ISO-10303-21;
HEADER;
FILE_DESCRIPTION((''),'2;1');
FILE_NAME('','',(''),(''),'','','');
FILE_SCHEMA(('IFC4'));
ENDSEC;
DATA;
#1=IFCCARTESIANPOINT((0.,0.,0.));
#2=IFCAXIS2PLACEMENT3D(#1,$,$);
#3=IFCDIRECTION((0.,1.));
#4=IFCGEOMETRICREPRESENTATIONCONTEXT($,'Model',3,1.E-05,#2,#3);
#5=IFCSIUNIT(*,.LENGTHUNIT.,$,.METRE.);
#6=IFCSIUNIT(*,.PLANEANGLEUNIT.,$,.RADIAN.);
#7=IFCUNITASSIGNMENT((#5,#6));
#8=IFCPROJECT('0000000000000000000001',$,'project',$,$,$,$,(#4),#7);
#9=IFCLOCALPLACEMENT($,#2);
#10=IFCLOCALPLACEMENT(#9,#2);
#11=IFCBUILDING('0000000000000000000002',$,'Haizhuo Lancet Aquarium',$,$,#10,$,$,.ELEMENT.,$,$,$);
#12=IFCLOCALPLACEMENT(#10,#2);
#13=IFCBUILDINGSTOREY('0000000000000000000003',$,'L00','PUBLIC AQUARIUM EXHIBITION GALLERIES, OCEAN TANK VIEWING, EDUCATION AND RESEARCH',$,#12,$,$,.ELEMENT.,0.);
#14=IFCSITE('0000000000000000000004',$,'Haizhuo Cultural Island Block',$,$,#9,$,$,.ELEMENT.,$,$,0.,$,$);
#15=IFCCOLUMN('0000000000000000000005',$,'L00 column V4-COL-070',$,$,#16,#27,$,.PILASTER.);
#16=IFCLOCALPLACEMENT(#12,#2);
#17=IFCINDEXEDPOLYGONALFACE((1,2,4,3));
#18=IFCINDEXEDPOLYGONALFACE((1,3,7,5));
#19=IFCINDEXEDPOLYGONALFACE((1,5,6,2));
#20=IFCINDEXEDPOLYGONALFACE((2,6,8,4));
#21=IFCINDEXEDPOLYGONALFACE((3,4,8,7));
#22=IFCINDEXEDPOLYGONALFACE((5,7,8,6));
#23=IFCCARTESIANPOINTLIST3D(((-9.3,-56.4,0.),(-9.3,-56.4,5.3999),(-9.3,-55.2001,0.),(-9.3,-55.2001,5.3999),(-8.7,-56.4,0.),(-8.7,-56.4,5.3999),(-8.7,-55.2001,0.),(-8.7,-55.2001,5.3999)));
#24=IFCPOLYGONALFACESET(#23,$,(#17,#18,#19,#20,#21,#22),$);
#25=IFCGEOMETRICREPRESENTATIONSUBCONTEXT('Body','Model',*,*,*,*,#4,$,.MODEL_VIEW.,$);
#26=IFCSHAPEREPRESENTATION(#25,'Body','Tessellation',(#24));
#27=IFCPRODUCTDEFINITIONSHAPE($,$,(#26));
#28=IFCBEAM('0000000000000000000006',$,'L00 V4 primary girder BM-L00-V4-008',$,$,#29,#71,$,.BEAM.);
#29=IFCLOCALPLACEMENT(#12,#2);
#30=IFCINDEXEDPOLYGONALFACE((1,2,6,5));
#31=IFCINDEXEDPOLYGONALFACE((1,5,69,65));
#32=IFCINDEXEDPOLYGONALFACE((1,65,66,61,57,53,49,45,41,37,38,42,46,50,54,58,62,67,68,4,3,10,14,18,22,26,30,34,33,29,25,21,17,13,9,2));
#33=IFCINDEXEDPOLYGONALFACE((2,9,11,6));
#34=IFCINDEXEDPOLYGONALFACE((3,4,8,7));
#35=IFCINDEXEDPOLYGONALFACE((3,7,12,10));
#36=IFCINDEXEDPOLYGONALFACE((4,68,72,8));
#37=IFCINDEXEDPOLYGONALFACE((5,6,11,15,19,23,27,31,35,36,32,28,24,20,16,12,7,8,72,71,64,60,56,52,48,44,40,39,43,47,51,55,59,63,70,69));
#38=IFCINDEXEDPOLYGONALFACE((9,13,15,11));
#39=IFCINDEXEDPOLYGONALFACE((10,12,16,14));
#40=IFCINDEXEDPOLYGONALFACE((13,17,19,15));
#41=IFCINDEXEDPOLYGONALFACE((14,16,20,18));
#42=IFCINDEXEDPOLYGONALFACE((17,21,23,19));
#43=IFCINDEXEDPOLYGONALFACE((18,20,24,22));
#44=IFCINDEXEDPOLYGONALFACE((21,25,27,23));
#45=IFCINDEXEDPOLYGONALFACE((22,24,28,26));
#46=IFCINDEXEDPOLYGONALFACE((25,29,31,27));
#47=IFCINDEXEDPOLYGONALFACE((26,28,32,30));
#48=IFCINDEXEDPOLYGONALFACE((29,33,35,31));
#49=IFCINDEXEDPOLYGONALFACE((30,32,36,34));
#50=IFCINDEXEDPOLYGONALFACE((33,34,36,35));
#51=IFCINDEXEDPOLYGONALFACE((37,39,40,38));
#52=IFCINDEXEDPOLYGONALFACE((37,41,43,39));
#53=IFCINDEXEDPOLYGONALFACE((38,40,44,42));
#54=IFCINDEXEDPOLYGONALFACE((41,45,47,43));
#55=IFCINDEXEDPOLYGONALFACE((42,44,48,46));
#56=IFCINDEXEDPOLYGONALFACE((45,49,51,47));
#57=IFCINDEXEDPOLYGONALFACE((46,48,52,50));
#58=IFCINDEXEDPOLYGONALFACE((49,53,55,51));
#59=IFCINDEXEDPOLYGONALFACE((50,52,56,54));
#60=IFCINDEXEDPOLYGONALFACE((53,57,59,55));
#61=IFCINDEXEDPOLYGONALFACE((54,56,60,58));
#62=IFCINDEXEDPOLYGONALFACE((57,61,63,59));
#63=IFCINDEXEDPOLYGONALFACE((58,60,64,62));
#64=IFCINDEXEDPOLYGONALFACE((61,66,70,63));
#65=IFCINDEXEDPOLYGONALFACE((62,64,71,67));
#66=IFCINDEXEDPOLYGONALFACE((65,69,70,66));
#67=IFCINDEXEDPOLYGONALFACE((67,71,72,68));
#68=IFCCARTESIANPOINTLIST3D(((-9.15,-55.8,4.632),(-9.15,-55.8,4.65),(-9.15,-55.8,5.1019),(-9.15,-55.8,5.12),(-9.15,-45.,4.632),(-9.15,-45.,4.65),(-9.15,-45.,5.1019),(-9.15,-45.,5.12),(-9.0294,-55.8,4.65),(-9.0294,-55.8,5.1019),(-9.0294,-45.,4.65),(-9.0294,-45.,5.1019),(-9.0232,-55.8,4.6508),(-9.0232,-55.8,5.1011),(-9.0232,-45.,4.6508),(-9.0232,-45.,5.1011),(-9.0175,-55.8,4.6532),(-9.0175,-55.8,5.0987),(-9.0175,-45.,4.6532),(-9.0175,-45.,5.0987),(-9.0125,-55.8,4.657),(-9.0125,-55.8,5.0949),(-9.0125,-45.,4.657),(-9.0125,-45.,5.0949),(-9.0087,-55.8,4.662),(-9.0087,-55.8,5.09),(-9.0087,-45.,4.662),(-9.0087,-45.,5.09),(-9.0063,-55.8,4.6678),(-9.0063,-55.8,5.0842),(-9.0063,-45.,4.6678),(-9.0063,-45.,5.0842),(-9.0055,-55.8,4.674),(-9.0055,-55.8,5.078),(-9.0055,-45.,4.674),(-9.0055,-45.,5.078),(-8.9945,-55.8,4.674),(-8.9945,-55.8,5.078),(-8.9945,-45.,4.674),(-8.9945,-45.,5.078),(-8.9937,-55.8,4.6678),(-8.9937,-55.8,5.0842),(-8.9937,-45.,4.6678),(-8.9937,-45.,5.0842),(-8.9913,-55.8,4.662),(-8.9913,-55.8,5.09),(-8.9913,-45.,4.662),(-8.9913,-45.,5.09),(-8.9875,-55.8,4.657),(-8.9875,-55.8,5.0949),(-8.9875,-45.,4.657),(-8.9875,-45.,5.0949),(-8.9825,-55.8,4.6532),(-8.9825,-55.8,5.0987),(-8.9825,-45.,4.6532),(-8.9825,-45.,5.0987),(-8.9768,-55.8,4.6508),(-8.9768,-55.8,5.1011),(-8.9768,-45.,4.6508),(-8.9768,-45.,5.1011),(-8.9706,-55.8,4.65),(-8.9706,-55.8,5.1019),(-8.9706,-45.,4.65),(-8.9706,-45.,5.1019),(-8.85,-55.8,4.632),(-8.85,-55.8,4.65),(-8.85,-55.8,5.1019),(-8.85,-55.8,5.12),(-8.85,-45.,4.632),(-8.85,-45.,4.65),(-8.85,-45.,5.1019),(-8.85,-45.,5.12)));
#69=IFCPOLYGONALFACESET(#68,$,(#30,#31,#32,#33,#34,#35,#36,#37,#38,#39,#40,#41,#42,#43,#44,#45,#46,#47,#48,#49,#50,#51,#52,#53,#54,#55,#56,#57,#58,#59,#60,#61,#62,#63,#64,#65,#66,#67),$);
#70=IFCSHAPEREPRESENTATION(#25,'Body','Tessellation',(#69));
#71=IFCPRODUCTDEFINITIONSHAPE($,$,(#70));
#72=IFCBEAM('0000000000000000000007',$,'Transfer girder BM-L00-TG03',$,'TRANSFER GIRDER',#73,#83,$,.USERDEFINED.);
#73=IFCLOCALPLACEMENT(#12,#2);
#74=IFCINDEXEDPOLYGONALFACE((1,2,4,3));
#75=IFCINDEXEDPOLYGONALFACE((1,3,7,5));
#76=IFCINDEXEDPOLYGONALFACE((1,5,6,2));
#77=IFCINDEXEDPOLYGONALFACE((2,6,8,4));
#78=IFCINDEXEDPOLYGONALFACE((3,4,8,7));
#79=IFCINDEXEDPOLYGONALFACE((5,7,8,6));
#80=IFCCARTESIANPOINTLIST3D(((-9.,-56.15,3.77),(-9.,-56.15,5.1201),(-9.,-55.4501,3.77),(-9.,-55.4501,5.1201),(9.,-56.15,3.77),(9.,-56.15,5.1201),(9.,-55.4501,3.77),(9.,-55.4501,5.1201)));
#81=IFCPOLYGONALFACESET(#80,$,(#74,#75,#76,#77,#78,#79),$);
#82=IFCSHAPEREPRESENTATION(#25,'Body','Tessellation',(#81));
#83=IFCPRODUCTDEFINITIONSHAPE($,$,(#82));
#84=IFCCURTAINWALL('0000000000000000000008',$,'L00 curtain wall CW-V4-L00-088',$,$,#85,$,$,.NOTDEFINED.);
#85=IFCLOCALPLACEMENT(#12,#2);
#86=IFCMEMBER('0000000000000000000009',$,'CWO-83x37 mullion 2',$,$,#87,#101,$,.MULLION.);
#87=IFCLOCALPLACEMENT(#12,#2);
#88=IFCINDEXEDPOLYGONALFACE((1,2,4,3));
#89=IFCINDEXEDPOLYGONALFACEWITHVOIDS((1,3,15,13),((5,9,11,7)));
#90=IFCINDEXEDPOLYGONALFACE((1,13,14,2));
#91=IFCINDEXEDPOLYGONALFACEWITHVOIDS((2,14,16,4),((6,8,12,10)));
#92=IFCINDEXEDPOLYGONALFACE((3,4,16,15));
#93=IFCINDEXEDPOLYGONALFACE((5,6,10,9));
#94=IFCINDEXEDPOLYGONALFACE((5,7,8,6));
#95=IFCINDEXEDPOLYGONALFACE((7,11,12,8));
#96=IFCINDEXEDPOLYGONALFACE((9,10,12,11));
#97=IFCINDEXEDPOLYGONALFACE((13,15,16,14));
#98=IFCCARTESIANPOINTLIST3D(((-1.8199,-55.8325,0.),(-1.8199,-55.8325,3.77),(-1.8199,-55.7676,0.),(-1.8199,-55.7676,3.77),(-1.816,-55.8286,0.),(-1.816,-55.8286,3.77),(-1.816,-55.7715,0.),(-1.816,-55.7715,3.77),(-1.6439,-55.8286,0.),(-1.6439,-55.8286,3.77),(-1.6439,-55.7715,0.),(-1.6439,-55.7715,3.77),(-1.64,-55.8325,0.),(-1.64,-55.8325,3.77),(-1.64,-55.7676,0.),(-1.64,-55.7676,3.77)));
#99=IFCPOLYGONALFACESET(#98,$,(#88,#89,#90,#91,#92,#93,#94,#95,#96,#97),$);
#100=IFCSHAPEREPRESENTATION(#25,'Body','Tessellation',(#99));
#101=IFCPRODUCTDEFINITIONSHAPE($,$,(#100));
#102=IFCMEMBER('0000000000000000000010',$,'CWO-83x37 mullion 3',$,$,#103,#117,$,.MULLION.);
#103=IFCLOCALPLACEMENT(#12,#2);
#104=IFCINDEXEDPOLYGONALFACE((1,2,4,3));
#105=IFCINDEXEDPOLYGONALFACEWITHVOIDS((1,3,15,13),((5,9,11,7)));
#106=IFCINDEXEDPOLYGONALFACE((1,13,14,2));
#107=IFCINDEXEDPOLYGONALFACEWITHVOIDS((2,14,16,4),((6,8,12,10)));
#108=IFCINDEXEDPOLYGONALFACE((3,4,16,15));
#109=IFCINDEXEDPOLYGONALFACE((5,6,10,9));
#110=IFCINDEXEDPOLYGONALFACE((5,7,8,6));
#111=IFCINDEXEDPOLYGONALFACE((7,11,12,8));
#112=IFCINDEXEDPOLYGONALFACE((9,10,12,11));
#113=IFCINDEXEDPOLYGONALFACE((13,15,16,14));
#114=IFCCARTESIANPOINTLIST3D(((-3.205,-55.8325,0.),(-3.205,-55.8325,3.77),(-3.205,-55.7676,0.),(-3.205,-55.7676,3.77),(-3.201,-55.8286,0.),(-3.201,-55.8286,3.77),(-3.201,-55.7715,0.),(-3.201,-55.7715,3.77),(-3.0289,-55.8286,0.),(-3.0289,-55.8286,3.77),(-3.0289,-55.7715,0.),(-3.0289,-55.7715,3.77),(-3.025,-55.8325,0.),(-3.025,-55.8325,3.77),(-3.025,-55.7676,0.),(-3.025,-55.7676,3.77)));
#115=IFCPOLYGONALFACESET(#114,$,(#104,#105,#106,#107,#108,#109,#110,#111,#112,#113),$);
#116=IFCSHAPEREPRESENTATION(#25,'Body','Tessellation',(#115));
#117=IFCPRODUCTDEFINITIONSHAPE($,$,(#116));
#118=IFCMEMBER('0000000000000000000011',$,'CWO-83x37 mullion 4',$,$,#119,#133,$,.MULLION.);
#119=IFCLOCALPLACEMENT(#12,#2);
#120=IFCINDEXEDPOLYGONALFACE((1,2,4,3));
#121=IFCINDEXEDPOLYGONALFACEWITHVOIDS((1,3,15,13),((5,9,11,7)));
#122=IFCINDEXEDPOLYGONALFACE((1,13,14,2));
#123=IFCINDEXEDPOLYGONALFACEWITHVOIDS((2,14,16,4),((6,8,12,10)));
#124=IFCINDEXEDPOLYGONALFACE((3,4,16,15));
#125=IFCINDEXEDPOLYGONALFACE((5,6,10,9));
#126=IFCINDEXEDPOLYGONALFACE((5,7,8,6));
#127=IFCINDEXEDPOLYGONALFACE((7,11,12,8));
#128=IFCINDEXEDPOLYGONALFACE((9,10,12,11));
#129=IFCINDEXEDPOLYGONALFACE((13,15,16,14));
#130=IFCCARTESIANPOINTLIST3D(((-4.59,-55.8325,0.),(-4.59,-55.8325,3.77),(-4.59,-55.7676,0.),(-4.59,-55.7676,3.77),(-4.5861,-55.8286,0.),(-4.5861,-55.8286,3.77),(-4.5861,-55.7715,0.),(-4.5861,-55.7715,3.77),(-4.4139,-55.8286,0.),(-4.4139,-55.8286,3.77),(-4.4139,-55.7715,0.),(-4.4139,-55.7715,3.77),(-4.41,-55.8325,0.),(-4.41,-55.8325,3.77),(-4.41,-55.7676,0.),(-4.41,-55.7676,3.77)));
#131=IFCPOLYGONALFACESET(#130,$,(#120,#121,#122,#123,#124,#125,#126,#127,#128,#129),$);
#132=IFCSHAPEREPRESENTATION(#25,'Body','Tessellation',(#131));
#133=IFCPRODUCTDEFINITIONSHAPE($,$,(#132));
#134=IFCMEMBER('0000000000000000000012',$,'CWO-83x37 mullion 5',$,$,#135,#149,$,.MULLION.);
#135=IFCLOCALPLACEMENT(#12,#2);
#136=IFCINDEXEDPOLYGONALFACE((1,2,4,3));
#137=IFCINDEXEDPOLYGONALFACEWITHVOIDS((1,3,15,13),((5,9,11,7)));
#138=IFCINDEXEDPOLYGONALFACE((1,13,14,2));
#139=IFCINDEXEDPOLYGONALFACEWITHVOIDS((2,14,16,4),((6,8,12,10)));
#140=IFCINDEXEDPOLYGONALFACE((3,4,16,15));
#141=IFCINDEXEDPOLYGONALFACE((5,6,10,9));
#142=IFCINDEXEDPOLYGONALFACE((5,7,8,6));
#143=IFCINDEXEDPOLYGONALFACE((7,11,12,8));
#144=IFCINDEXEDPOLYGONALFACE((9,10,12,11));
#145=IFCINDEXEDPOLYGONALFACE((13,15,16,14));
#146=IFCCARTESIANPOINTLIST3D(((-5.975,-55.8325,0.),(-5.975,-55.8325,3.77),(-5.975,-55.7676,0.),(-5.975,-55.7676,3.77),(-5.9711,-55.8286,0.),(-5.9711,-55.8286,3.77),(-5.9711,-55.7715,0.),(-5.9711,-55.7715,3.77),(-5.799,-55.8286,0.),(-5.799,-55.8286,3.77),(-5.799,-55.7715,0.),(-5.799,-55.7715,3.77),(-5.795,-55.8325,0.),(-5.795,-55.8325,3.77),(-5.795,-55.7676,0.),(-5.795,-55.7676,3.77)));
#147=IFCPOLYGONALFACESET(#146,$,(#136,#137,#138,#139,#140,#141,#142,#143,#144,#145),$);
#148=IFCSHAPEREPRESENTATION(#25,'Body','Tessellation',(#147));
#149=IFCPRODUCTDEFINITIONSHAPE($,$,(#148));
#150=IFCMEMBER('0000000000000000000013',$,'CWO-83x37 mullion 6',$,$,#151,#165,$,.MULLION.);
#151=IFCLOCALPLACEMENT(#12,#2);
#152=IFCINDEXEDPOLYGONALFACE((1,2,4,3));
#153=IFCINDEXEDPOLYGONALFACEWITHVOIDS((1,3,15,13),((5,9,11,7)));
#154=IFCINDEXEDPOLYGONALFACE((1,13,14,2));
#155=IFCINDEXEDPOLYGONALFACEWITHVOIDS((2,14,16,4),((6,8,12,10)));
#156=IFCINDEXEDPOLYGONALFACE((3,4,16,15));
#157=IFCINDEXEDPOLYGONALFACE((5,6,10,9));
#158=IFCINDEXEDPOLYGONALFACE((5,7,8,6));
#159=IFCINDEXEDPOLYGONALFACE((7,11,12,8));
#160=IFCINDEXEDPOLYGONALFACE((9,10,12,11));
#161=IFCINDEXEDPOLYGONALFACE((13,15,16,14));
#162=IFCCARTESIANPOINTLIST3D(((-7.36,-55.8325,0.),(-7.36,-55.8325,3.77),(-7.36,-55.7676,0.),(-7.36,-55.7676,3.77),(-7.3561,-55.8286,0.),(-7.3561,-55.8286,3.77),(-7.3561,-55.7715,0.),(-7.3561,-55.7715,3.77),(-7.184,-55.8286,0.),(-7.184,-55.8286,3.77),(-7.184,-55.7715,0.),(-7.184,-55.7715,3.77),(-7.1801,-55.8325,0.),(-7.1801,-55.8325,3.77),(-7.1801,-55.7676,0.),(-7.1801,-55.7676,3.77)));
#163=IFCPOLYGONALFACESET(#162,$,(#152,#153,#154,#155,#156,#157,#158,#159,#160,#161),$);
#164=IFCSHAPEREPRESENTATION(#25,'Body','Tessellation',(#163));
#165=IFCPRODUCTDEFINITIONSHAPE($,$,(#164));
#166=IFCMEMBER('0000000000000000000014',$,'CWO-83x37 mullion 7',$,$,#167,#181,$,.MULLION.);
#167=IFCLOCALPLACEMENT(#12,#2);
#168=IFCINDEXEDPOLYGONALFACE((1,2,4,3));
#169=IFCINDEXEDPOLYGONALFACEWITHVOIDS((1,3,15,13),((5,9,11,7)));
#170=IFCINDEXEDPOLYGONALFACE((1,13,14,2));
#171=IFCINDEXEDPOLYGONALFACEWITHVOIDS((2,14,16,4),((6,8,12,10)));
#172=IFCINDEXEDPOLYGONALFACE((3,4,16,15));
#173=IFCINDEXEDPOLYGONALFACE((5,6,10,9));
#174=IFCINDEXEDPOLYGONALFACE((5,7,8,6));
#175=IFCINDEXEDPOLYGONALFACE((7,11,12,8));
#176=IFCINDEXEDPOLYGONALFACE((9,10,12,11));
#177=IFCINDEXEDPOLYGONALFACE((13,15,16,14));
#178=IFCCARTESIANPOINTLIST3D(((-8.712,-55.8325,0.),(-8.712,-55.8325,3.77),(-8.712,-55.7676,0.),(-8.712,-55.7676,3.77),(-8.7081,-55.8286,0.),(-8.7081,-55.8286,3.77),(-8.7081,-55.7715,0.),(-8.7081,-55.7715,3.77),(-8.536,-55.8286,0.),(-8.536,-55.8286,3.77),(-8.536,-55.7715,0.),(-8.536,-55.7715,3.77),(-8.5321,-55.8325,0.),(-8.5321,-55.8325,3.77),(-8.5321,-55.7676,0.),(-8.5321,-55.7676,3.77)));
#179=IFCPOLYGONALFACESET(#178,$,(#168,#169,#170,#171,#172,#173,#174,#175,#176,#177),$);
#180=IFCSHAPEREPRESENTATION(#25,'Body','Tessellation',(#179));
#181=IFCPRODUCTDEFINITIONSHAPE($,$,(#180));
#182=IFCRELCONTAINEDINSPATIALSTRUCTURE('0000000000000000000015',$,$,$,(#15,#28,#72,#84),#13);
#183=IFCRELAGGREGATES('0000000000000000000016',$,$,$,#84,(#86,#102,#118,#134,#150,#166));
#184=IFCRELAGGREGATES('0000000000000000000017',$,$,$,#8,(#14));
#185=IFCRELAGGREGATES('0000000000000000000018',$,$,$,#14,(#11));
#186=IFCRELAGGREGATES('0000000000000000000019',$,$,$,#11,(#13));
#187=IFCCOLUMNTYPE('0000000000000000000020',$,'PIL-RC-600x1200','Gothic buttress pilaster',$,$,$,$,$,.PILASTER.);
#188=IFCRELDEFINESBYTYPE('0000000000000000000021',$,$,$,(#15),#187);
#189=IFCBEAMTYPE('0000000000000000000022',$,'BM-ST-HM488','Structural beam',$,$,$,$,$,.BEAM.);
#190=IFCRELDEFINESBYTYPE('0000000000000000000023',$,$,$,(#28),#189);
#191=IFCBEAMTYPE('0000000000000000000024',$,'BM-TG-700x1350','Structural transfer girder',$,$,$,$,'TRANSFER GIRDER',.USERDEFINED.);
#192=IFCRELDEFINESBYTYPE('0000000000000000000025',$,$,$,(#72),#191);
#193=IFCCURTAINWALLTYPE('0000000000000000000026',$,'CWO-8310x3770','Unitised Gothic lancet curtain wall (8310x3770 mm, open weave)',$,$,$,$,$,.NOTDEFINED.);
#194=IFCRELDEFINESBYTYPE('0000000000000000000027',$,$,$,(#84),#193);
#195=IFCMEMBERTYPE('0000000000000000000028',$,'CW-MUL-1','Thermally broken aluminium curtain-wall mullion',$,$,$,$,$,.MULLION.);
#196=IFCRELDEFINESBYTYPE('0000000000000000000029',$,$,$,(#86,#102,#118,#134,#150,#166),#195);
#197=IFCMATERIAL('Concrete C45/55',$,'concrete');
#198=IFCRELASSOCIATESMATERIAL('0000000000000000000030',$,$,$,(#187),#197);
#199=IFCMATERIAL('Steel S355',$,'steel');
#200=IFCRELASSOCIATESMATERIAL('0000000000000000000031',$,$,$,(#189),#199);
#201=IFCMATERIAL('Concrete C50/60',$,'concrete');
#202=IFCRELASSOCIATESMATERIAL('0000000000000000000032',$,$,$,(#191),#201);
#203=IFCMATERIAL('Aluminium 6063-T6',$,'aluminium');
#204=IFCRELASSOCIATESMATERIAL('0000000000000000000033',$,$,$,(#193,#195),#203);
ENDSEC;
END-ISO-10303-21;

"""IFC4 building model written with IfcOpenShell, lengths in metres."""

from ifc_helpers import new_model, si_unit, direction, frame, origin, origin_2d, place, context, subcontext, project, spatial, rectangle, hollow_rectangle, i_section, extrude, material, material_profile, profile_set, type_object, element, aggregate, save


model = new_model("IFC4")

# Units and contexts
model_context = context("Model", 3, precision=1e-05, world=origin(), true_north=direction((0.0, 1.0)))
body_context = subcontext(model_context, "Body", "Model", "MODEL_VIEW")
ifc_project = project(units=[si_unit("LENGTHUNIT", "METRE"), si_unit("PLANEANGLEUNIT", "RADIAN")], contexts=[model_context])

# Site, building, storey
site_placement = place(None, origin())
site = spatial("IfcSite", under=ifc_project, at=site_placement, Name="Haizhuo Cultural Island Block", CompositionType="ELEMENT", RefElevation=0.0)
building_placement = place(site_placement, origin())
building = spatial("IfcBuilding", under=site, at=building_placement, Name="Haizhuo Lancet Aquarium", CompositionType="ELEMENT")
storey_placement = place(building_placement, origin())
storey = spatial("IfcBuildingStorey", under=building, at=storey_placement, Name="L00", Description="PUBLIC AQUARIUM EXHIBITION GALLERIES, OCEAN TANK VIEWING, EDUCATION AND RESEARCH", CompositionType="ELEMENT", Elevation=0.0)

# Column
ifc_material_1 = material(Name="Concrete C45/55", Category="concrete")
ifc_material_profile_1 = material_profile(ifc_material_1, rectangle(XDim=0.6001, YDim=1.2, at=origin_2d()), Name="RC-PIL 600x1200")
ifc_profile_set_1 = profile_set([ifc_material_profile_1], Name="Concrete C45/55")
column_type = type_object("IfcColumnType", Name="PIL-RC-600x1200", Description="Gothic buttress pilaster", PredefinedType="PILASTER", material=ifc_profile_set_1)
column_placement = place(storey_placement, frame((-9.0, -55.8, 0.0), z_axis=(0.0, 0.0, 1.0), x_axis=(1.0, 0.0, 0.0)))
element("IfcColumn", 1, at=column_placement, inside=storey, type_object=column_type, Name="L00 column V4-COL-070", PredefinedType="PILASTER", context=body_context, shape_type="SweptSolid", body=[
    extrude(rectangle(XDim=0.6001, YDim=1.2, at=origin_2d()), origin(), (0.0, 0.0, 1.0), 5.3999),
])

# Beams
ifc_material_2 = material(Name="Steel S355", Category="steel")
ifc_material_profile_2 = material_profile(ifc_material_2, i_section(OverallWidth=0.3, OverallDepth=0.488, WebThickness=0.011, FlangeThickness=0.0181, FilletRadius=0.0239, at=origin_2d()), Name="HM 488x300x11x18")
ifc_profile_set_2 = profile_set([ifc_material_profile_2], Name="Steel S355")
beam_type_1 = type_object("IfcBeamType", Name="BM-ST-HM488", Description="Structural beam", PredefinedType="BEAM", material=ifc_profile_set_2)
beam_1_placement = place(storey_placement, frame((-9.0, -55.8, 4.876), z_axis=(0.0, 1.0, 0.0), x_axis=(-1.0, 0.0, 0.0)))
element("IfcBeam", 2, at=beam_1_placement, inside=storey, type_object=beam_type_1, Name="L00 V4 primary girder BM-L00-V4-008", PredefinedType="BEAM", context=body_context, shape_type="SweptSolid", body=[
    extrude(i_section(OverallWidth=0.3, OverallDepth=0.488, WebThickness=0.011, FlangeThickness=0.0181, FilletRadius=0.0239, at=origin_2d()), origin(), (0.0, 0.0, 1.0), 10.8),
])
ifc_material_3 = material(Name="Concrete C50/60", Category="concrete")
ifc_material_profile_3 = material_profile(ifc_material_3, rectangle(XDim=0.7, YDim=1.3501, at=origin_2d()), Name="RC-TG 700x1350")
ifc_profile_set_3 = profile_set([ifc_material_profile_3], Name="Concrete C50/60")
beam_type_2 = type_object("IfcBeamType", Name="BM-TG-700x1350", Description="Structural transfer girder", ElementType="TRANSFER GIRDER", PredefinedType="USERDEFINED", material=ifc_profile_set_3)
beam_2_placement = place(storey_placement, frame((-9.0, -55.8, 4.4451), z_axis=(1.0, 0.0, 0.0), x_axis=(0.0, 1.0, 0.0)))
element("IfcBeam", 3, at=beam_2_placement, inside=storey, type_object=beam_type_2, Name="Transfer girder BM-L00-TG03", ObjectType="TRANSFER GIRDER", PredefinedType="USERDEFINED", context=body_context, shape_type="SweptSolid", body=[
    extrude(rectangle(XDim=0.7, YDim=1.3501, at=origin_2d()), origin(), (0.0, 0.0, 1.0), 18.0),
])

# Curtain wall, members
ifc_material_4 = material(Name="Aluminium 6063-T6", Category="aluminium")
curtain_wall_type = type_object("IfcCurtainWallType", Name="CWO-8310x3770", Description="Unitised Gothic lancet curtain wall (8310x3770 mm, open weave)", PredefinedType="NOTDEFINED", material=ifc_material_4)
curtain_wall_1_placement = place(storey_placement, origin())
curtain_wall_1 = element("IfcCurtainWall", 4, at=curtain_wall_1_placement, inside=storey, type_object=curtain_wall_type, Name="L00 curtain wall CW-V4-L00-088", PredefinedType="NOTDEFINED")
ifc_material_profile_4 = material_profile(ifc_material_4, hollow_rectangle(XDim=0.0649, YDim=0.1799, WallThickness=0.0039, at=origin_2d()), Name="ALU-M 65x180x4")
ifc_profile_set_4 = profile_set([ifc_material_profile_4], Name="Aluminium 6063-T6")
member_type_1 = type_object("IfcMemberType", Name="CW-MUL-1", Description="Thermally broken aluminium curtain-wall mullion", PredefinedType="MULLION", material=ifc_profile_set_4)
member_1_placement = place(storey_placement, frame((-1.73, -55.8, 0.0), z_axis=(0.0, 0.0, 1.0), x_axis=(0.0, -1.0, 0.0)))
member_1 = element("IfcMember", 5, at=member_1_placement, type_object=member_type_1, Name="CWO-83x37 mullion 2", PredefinedType="MULLION", context=body_context, shape_type="SweptSolid", body=[
    extrude(hollow_rectangle(XDim=0.0649, YDim=0.1799, WallThickness=0.0039, at=origin_2d()), origin(), (0.0, 0.0, 1.0), 3.77),
])
member_2_placement = place(storey_placement, frame((-3.115, -55.8, 0.0), z_axis=(0.0, 0.0, 1.0), x_axis=(0.0, -1.0, 0.0)))
member_2 = element("IfcMember", 6, at=member_2_placement, type_object=member_type_1, Name="CWO-83x37 mullion 3", PredefinedType="MULLION", context=body_context, shape_type="SweptSolid", body=[
    extrude(hollow_rectangle(XDim=0.0649, YDim=0.1799, WallThickness=0.0039, at=origin_2d()), origin(), (0.0, 0.0, 1.0), 3.77),
])
member_3_placement = place(storey_placement, frame((-4.5, -55.8, 0.0), z_axis=(0.0, 0.0, 1.0), x_axis=(0.0, -1.0, 0.0)))
member_3 = element("IfcMember", 7, at=member_3_placement, type_object=member_type_1, Name="CWO-83x37 mullion 4", PredefinedType="MULLION", context=body_context, shape_type="SweptSolid", body=[
    extrude(hollow_rectangle(XDim=0.0649, YDim=0.1799, WallThickness=0.0039, at=origin_2d()), origin(), (0.0, 0.0, 1.0), 3.77),
])
member_4_placement = place(storey_placement, frame((-5.885, -55.8, 0.0), z_axis=(0.0, 0.0, 1.0), x_axis=(0.0, -1.0, 0.0)))
member_4 = element("IfcMember", 8, at=member_4_placement, type_object=member_type_1, Name="CWO-83x37 mullion 5", PredefinedType="MULLION", context=body_context, shape_type="SweptSolid", body=[
    extrude(hollow_rectangle(XDim=0.0649, YDim=0.1799, WallThickness=0.0039, at=origin_2d()), origin(), (0.0, 0.0, 1.0), 3.77),
])
member_5_placement = place(storey_placement, frame((-7.27, -55.8, 0.0), z_axis=(0.0, 0.0, 1.0), x_axis=(0.0, -1.0, 0.0)))
member_5 = element("IfcMember", 9, at=member_5_placement, type_object=member_type_1, Name="CWO-83x37 mullion 6", PredefinedType="MULLION", context=body_context, shape_type="SweptSolid", body=[
    extrude(hollow_rectangle(XDim=0.0649, YDim=0.1799, WallThickness=0.0039, at=origin_2d()), origin(), (0.0, 0.0, 1.0), 3.77),
])
member_6_placement = place(storey_placement, frame((-8.6221, -55.8, 0.0), z_axis=(0.0, 0.0, 1.0), x_axis=(0.0, -1.0, 0.0)))
member_6 = element("IfcMember", 10, at=member_6_placement, type_object=member_type_1, Name="CWO-83x37 mullion 7", PredefinedType="MULLION", context=body_context, shape_type="SweptSolid", body=[
    extrude(hollow_rectangle(XDim=0.0649, YDim=0.1799, WallThickness=0.0039, at=origin_2d()), origin(), (0.0, 0.0, 1.0), 3.77),
])

aggregate(curtain_wall_1, [member_1, member_2, member_3, member_4, member_5, member_6])

save(model, "model.ifc")
